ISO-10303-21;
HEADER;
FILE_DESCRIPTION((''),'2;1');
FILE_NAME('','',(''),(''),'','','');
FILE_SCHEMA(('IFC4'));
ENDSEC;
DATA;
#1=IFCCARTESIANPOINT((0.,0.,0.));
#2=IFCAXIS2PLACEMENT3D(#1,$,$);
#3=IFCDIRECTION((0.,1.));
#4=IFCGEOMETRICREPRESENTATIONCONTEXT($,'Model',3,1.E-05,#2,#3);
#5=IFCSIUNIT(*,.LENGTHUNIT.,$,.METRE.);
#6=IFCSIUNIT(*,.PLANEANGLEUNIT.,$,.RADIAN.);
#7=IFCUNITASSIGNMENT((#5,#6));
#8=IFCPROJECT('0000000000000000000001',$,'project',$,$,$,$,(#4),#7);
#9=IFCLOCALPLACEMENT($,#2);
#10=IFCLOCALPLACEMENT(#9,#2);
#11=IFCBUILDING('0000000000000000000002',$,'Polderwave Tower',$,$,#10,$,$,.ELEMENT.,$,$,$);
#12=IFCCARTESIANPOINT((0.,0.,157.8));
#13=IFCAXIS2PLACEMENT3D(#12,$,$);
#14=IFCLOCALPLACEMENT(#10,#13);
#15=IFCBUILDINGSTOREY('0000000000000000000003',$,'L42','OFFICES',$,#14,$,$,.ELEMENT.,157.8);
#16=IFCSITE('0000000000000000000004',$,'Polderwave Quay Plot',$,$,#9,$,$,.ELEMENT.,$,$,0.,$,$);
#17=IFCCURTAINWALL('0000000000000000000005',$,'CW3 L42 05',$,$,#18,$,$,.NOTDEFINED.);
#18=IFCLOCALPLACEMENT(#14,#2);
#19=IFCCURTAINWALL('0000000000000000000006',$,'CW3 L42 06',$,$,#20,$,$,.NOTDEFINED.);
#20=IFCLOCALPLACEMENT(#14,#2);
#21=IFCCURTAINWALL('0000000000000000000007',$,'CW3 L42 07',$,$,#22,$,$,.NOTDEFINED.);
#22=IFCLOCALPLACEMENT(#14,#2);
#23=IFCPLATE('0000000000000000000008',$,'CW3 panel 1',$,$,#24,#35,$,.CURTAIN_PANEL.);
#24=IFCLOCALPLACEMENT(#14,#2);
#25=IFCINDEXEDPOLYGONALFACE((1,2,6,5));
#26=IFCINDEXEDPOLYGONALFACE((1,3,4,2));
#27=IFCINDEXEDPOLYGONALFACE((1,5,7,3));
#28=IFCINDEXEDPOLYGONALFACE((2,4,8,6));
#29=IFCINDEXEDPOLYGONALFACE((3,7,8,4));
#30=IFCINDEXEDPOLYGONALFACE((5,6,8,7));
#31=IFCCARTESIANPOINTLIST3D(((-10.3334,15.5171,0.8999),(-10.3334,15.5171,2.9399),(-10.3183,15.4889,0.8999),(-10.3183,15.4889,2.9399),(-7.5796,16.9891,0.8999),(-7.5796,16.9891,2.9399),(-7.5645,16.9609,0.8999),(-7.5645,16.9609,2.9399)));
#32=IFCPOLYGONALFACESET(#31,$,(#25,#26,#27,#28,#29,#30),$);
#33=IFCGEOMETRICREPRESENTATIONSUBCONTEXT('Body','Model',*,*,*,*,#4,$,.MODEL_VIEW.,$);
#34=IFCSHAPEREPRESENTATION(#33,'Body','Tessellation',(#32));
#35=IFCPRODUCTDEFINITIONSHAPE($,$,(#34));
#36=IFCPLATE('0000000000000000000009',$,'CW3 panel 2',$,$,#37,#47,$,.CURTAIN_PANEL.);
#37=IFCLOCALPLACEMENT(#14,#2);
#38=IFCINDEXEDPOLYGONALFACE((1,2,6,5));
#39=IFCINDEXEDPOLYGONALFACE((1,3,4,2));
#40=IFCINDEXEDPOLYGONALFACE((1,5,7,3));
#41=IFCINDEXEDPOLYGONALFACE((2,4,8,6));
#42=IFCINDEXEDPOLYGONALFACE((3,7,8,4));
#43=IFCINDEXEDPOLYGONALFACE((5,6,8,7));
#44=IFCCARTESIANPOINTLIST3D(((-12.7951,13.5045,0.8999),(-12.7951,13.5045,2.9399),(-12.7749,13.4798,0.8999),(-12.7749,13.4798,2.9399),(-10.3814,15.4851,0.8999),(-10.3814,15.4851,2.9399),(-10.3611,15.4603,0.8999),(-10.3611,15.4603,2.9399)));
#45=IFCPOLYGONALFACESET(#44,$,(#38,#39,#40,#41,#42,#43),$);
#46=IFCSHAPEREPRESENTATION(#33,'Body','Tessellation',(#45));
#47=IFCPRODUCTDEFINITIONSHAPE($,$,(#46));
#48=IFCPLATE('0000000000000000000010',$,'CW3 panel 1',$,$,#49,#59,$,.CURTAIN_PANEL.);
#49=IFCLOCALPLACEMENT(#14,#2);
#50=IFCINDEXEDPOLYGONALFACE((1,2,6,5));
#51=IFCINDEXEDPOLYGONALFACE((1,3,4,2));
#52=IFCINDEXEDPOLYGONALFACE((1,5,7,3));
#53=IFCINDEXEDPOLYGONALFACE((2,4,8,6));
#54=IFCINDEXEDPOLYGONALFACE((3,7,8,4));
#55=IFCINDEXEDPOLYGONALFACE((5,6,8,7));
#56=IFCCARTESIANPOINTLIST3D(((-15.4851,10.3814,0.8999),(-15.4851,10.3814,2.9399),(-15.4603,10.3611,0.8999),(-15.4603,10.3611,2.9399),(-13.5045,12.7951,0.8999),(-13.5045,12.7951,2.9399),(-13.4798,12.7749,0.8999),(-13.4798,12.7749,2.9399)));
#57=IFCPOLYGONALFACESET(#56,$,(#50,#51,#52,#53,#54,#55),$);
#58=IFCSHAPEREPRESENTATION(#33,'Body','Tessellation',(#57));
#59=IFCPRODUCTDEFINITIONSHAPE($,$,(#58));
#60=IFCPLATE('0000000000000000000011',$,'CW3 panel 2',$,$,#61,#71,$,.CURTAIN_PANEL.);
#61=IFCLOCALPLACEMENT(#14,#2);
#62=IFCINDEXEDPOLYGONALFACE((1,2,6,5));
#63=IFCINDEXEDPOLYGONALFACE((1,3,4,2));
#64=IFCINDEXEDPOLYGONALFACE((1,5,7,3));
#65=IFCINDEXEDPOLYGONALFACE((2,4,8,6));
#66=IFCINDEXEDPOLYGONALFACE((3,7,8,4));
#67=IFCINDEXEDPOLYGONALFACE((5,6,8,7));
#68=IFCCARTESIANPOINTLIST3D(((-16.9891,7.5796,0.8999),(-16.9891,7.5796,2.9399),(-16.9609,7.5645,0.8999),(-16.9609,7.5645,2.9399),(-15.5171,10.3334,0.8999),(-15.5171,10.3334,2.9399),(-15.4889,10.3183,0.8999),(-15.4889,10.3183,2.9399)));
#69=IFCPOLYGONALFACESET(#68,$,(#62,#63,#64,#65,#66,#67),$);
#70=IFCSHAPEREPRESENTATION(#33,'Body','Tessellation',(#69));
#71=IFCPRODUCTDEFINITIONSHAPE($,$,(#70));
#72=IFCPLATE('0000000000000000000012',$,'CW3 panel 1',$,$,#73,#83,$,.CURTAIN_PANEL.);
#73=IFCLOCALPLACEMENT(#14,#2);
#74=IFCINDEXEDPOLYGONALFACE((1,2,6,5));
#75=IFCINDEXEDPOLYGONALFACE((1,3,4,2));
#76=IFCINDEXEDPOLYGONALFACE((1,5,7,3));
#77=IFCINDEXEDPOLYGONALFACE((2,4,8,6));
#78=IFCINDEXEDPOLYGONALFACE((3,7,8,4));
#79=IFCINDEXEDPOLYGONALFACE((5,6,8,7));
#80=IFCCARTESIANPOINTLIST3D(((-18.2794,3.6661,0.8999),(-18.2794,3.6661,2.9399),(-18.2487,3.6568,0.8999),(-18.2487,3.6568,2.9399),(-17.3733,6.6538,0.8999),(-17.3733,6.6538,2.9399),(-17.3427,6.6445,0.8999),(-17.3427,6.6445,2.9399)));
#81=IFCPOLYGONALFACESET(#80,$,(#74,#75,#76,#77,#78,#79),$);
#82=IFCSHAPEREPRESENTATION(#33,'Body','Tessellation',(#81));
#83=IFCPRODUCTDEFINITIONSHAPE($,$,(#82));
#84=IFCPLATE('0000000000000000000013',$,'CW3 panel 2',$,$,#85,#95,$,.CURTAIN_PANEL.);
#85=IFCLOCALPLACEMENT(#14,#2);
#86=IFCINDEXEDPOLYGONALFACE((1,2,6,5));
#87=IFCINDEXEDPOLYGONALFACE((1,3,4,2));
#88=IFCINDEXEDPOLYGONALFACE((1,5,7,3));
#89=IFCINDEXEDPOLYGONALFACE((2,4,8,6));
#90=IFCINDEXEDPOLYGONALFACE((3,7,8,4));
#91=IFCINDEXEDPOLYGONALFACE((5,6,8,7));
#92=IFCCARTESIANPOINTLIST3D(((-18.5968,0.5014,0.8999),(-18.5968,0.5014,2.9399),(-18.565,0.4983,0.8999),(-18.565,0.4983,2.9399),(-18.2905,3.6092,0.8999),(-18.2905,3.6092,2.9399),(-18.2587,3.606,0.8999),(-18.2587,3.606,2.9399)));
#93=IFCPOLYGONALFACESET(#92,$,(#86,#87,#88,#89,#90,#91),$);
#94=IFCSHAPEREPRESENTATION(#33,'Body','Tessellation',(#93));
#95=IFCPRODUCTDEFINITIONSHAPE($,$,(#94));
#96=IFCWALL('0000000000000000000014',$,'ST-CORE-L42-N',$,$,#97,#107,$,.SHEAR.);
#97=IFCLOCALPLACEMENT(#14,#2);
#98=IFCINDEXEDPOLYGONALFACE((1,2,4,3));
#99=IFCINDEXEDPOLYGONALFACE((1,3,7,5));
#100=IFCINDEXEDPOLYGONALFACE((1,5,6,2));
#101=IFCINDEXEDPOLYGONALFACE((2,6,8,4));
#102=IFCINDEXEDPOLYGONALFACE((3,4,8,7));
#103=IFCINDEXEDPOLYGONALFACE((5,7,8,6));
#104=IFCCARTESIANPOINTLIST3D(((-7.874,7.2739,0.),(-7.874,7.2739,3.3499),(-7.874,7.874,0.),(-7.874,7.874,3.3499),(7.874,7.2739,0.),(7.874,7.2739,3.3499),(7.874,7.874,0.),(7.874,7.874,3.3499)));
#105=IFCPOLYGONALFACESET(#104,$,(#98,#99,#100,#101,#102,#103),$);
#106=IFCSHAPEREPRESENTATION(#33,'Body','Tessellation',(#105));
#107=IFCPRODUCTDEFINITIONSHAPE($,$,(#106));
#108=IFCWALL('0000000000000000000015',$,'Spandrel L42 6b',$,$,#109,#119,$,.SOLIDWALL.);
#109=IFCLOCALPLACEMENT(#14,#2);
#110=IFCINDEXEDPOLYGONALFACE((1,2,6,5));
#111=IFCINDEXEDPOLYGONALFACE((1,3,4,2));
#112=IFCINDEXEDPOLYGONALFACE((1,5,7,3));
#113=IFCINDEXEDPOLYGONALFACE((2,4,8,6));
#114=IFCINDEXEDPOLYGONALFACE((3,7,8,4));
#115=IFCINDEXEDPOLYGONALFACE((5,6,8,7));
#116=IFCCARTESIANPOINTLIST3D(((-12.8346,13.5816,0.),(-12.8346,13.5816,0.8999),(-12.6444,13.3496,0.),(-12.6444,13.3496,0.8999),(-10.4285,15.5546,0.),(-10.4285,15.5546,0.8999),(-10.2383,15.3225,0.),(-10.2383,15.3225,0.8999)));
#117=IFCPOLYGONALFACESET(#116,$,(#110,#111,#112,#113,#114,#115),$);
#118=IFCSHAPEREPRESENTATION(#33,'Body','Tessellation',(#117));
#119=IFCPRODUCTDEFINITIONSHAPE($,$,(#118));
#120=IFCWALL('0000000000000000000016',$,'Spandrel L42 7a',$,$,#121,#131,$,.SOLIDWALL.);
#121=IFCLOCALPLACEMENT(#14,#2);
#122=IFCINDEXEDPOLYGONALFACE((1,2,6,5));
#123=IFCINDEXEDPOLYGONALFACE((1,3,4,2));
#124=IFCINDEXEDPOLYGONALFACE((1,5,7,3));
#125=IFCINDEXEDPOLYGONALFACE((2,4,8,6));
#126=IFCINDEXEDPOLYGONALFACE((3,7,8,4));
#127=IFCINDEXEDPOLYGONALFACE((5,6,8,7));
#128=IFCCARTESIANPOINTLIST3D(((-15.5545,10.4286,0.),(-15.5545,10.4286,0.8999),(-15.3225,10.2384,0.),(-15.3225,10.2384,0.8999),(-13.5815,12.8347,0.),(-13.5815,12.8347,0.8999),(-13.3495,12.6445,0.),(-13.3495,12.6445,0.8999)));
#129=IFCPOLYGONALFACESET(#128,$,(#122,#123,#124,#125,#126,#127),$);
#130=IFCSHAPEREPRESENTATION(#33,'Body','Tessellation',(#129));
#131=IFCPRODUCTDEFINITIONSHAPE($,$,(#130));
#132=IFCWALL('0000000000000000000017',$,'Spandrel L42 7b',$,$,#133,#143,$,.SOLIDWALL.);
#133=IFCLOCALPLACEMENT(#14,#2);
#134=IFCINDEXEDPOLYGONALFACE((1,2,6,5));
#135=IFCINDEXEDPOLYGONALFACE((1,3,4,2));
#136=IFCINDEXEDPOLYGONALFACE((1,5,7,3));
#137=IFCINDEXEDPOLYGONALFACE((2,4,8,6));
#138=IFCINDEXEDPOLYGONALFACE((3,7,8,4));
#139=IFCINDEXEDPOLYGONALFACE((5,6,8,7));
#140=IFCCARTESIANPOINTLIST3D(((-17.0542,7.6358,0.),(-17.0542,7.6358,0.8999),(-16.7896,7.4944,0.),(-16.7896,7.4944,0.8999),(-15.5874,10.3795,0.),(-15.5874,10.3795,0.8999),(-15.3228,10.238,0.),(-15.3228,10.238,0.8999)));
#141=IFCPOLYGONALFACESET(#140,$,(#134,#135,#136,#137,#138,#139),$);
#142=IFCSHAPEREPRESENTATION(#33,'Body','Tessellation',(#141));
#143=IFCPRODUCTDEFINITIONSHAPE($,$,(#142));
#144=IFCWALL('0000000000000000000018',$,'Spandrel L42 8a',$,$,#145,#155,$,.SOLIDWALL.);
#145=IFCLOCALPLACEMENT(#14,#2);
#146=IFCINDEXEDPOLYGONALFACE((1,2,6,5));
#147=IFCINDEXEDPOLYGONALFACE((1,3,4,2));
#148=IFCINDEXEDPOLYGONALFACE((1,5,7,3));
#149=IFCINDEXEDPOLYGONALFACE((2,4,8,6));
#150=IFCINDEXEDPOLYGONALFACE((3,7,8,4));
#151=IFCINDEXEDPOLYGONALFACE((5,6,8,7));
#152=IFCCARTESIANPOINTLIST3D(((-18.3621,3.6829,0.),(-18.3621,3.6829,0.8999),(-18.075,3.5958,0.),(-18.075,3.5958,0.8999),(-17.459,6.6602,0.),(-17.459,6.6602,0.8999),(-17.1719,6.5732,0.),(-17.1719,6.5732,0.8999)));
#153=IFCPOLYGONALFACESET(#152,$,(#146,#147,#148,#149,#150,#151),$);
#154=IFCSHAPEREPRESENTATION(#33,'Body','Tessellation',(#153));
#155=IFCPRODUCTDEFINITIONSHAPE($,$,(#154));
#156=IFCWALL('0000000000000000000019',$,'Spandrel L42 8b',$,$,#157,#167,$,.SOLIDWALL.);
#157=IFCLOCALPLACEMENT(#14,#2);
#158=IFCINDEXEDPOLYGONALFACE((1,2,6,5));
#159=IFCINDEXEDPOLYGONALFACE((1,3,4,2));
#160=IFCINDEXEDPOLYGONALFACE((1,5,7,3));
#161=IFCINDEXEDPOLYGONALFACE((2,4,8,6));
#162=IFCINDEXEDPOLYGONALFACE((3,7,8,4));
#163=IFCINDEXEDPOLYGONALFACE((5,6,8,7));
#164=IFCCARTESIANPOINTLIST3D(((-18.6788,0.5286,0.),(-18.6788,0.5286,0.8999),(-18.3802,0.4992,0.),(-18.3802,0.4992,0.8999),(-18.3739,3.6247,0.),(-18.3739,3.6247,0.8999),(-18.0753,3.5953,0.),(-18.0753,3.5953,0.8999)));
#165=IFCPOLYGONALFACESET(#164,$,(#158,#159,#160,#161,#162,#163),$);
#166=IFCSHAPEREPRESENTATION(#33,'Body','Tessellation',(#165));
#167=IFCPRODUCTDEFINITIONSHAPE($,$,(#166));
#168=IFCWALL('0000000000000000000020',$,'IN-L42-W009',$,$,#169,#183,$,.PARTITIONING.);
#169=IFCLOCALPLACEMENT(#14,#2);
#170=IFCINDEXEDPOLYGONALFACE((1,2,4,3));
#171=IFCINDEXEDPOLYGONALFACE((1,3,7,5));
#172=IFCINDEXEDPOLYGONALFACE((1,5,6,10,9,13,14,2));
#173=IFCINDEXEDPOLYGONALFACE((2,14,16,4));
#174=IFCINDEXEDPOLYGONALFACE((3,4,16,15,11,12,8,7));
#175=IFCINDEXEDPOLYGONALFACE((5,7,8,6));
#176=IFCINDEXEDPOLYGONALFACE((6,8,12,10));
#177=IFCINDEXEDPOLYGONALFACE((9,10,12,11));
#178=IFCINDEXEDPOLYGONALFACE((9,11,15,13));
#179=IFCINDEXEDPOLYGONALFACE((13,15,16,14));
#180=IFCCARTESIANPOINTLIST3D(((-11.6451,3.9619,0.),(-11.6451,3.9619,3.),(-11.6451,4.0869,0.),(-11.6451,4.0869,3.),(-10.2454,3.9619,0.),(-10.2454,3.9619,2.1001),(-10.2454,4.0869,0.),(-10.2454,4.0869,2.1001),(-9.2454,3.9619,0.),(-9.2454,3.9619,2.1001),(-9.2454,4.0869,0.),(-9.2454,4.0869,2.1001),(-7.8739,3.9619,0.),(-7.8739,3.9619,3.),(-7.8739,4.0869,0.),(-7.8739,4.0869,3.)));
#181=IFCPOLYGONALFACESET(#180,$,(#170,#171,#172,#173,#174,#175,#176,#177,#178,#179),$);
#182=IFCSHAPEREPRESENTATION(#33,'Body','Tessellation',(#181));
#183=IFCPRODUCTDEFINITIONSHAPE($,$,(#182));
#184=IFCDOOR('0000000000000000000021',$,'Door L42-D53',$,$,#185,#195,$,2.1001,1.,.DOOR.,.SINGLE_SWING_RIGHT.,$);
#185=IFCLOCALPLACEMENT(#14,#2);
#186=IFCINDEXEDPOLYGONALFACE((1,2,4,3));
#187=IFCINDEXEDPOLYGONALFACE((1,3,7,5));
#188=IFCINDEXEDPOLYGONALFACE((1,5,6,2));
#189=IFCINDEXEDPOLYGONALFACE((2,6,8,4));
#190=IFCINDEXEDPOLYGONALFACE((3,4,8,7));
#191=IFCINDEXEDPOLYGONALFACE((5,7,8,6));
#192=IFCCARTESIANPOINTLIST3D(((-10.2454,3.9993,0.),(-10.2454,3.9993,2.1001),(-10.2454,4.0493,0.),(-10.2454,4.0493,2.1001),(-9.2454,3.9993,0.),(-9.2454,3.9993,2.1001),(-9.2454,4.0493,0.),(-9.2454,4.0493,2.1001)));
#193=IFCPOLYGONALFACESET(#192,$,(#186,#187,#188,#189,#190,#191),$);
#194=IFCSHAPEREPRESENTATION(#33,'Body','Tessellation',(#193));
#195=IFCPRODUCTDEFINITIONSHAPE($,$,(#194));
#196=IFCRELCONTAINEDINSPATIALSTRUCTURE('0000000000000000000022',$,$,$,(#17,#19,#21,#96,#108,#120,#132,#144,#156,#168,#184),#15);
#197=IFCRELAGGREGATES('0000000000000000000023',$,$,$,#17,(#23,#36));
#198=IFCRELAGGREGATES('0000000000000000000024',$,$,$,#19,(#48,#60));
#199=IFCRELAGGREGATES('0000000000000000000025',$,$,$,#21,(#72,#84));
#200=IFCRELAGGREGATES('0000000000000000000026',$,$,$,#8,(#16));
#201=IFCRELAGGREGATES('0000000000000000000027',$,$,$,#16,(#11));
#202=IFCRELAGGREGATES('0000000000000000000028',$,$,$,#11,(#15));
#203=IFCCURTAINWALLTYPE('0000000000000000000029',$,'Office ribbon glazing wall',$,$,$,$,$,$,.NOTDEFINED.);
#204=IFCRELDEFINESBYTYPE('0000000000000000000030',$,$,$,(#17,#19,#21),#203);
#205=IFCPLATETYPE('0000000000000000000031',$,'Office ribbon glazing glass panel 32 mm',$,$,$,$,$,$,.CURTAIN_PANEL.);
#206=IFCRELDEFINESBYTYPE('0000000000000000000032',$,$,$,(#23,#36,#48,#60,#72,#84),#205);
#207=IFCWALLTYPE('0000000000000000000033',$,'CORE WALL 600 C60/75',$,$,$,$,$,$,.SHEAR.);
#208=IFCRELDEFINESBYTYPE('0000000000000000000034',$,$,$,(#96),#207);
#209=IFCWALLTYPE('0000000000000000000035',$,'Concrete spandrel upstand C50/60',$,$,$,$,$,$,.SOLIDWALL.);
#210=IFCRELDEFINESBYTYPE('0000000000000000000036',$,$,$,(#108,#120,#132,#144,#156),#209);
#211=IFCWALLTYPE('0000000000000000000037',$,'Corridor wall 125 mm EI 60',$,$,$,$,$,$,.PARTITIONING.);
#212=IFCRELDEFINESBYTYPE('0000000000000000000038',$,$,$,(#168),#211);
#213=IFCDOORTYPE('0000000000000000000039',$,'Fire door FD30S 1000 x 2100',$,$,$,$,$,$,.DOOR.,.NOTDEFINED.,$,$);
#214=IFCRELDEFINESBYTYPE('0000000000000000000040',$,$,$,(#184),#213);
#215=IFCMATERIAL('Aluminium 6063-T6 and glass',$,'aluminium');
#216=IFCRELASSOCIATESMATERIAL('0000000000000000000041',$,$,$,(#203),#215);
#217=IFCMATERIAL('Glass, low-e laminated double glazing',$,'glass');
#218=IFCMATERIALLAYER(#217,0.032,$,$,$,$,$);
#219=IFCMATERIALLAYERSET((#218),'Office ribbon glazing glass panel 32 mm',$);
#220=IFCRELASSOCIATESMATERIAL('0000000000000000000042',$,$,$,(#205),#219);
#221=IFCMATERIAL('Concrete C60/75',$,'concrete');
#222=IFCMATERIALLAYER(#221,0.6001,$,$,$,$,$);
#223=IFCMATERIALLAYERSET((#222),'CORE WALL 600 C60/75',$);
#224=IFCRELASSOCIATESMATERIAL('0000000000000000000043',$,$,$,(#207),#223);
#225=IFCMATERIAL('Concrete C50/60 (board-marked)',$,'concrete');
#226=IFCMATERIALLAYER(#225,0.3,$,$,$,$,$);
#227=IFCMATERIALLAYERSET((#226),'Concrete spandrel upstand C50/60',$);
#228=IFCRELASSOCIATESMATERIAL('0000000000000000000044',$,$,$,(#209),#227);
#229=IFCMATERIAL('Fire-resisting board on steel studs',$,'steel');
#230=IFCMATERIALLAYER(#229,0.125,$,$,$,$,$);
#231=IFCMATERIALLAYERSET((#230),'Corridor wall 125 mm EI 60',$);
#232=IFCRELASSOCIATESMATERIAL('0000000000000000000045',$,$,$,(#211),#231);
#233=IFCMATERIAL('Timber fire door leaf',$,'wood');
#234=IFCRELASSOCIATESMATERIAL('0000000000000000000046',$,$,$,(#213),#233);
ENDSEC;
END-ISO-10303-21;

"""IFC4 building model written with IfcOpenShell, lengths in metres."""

from ifc_helpers import new_model, si_unit, direction, frame, frame_2d, origin, origin_2d, place, context, subcontext, project, spatial, rectangle, extrude, material, layer, layer_set, type_object, element, fill, aggregate, save


model = new_model("IFC4")

# Units and contexts
model_context = context("Model", 3, precision=1e-05, world=origin(), true_north=direction((0.0, 1.0)))
body_context = subcontext(model_context, "Body", "Model", "MODEL_VIEW")
ifc_project = project(units=[si_unit("LENGTHUNIT", "METRE"), si_unit("PLANEANGLEUNIT", "RADIAN")], contexts=[model_context])

# Site, building, storey
site_placement = place(None, origin())
site = spatial("IfcSite", under=ifc_project, at=site_placement, Name="Polderwave Quay Plot", CompositionType="ELEMENT", RefElevation=0.0)
building_placement = place(site_placement, origin())
building = spatial("IfcBuilding", under=site, at=building_placement, Name="Polderwave Tower", CompositionType="ELEMENT")
storey_placement = place(building_placement, frame((0.0, 0.0, 157.8)))
storey = spatial("IfcBuildingStorey", under=building, at=storey_placement, Name="L42", Description="OFFICES", CompositionType="ELEMENT", Elevation=157.8)

# Shared definitions
ifc_material_1 = material(Name="Concrete C60/75", Category="concrete")

# Curtain walls
ifc_material_2 = material(Name="Aluminium 6063-T6 and glass", Category="aluminium")
curtain_wall_type = type_object("IfcCurtainWallType", Name="Office ribbon glazing wall", PredefinedType="NOTDEFINED", material=ifc_material_2)
curtain_wall_1_placement = place(storey_placement, origin())
curtain_wall_1 = element("IfcCurtainWall", 1, at=curtain_wall_1_placement, inside=storey, type_object=curtain_wall_type, Name="CW3 L42 05", PredefinedType="NOTDEFINED")
curtain_wall_2_placement = place(storey_placement, origin())
curtain_wall_2 = element("IfcCurtainWall", 2, at=curtain_wall_2_placement, inside=storey, type_object=curtain_wall_type, Name="CW3 L42 06", PredefinedType="NOTDEFINED")
curtain_wall_3_placement = place(storey_placement, origin())
curtain_wall_3 = element("IfcCurtainWall", 3, at=curtain_wall_3_placement, inside=storey, type_object=curtain_wall_type, Name="CW3 L42 07", PredefinedType="NOTDEFINED")

# Plates
ifc_material_3 = material(Name="Glass, low-e laminated double glazing", Category="glass")
ifc_layer_1 = layer(ifc_material_3, 0.032)
ifc_layer_set_1 = layer_set([ifc_layer_1], Name="Office ribbon glazing glass panel 32 mm")
plate_type = type_object("IfcPlateType", Name="Office ribbon glazing glass panel 32 mm", PredefinedType="CURTAIN_PANEL", material=ifc_layer_set_1)
plate_1_placement = place(storey_placement, frame((-8.949, 16.239, 0.8999), z_axis=(0.0, 0.0, 1.0), x_axis=(-0.881904, -0.471429, 0.0)))
plate_1 = element("IfcPlate", 4, at=plate_1_placement, type_object=plate_type, Name="CW3 panel 1", PredefinedType="CURTAIN_PANEL", context=body_context, shape_type="SweptSolid", body=[
    extrude(rectangle(XDim=3.1226, YDim=0.032, at=origin_2d()), origin(), (0.0, 0.0, 1.0), 2.04),
])
plate_2_placement = place(storey_placement, frame((-11.5781, 14.4824, 0.8999), z_axis=(0.0, 0.0, 1.0), x_axis=(-0.773066, -0.634326, 0.0)))
plate_2 = element("IfcPlate", 5, at=plate_2_placement, type_object=plate_type, Name="CW3 panel 2", PredefinedType="CURTAIN_PANEL", context=body_context, shape_type="SweptSolid", body=[
    extrude(rectangle(XDim=3.1223, YDim=0.032, at=origin_2d()), origin(), (0.0, 0.0, 1.0), 2.04),
])
aggregate(curtain_wall_1, [plate_1, plate_2])
plate_3_placement = place(storey_placement, frame((-14.4824, 11.5781, 0.8999), z_axis=(0.0, 0.0, 1.0), x_axis=(-0.634326, -0.773066, 0.0)))
plate_3 = element("IfcPlate", 6, at=plate_3_placement, type_object=plate_type, Name="CW3 panel 1", PredefinedType="CURTAIN_PANEL", context=body_context, shape_type="SweptSolid", body=[
    extrude(rectangle(XDim=3.1223, YDim=0.032, at=origin_2d()), origin(), (0.0, 0.0, 1.0), 2.04),
])
plate_4_placement = place(storey_placement, frame((-16.239, 8.949, 0.8999), z_axis=(0.0, 0.0, 1.0), x_axis=(-0.471429, -0.881904, 0.0)))
plate_4 = element("IfcPlate", 7, at=plate_4_placement, type_object=plate_type, Name="CW3 panel 2", PredefinedType="CURTAIN_PANEL", context=body_context, shape_type="SweptSolid", body=[
    extrude(rectangle(XDim=3.1226, YDim=0.032, at=origin_2d()), origin(), (0.0, 0.0, 1.0), 2.04),
])
aggregate(curtain_wall_2, [plate_3, plate_4])
plate_5_placement = place(storey_placement, frame((-17.811, 5.1553, 0.8999), z_axis=(0.0, 0.0, 1.0), x_axis=(-0.290201, -0.956966, 0.0)))
plate_5 = element("IfcPlate", 8, at=plate_5_placement, type_object=plate_type, Name="CW3 panel 1", PredefinedType="CURTAIN_PANEL", context=body_context, shape_type="SweptSolid", body=[
    extrude(rectangle(XDim=3.1221, YDim=0.032, at=origin_2d()), origin(), (0.0, 0.0, 1.0), 2.04),
])
plate_6_placement = place(storey_placement, frame((-18.4277, 2.0537, 0.8999), z_axis=(0.0, 0.0, 1.0), x_axis=(-0.09809, -0.995178, 0.0)))
plate_6 = element("IfcPlate", 9, at=plate_6_placement, type_object=plate_type, Name="CW3 panel 2", PredefinedType="CURTAIN_PANEL", context=body_context, shape_type="SweptSolid", body=[
    extrude(rectangle(XDim=3.1228, YDim=0.032, at=origin_2d()), origin(), (0.0, 0.0, 1.0), 2.04),
])
aggregate(curtain_wall_3, [plate_5, plate_6])

# Walls
ifc_layer_2 = layer(ifc_material_1, 0.6001)
ifc_layer_set_2 = layer_set([ifc_layer_2], Name="CORE WALL 600 C60/75")
wall_type_1 = type_object("IfcWallType", Name="CORE WALL 600 C60/75", PredefinedType="SHEAR", material=ifc_layer_set_2)
wall_1_placement = place(storey_placement, frame((-7.874, 7.574, 0.0), z_axis=(0.0, 0.0, 1.0), x_axis=(1.0, 0.0, 0.0)))
element("IfcWall", 10, at=wall_1_placement, inside=storey, type_object=wall_type_1, Name="ST-CORE-L42-N", PredefinedType="SHEAR", context=body_context, shape_type="SweptSolid", body=[
    extrude(rectangle(XDim=15.748, YDim=0.6001, at=frame_2d((7.874, 0.0))), origin(), (0.0, 0.0, 1.0), 3.3499),
])
ifc_material_4 = material(Name="Concrete C50/60 (board-marked)", Category="concrete")
ifc_layer_3 = layer(ifc_material_4, 0.3)
ifc_layer_set_3 = layer_set([ifc_layer_3], Name="Concrete spandrel upstand C50/60")
wall_type_2 = type_object("IfcWallType", Name="Concrete spandrel upstand C50/60", PredefinedType="SOLIDWALL", material=ifc_layer_set_3)
for number, where, z_axis, x_axis, name in (
    (11, (-10.3335, 15.4385, 0.0), (0.0, 0.0, 1.0), (-0.773272, -0.634075, 0.0), "Spandrel L42 6b"),
    (12, (-13.4656, 12.7395, 0.0), (0.0, 0.0, 1.0), (-0.634075, -0.773272, 0.0), "Spandrel L42 7a"),
):
    element("IfcWall", number, at=place(storey_placement, frame(where, z_axis=z_axis, x_axis=x_axis)), inside=storey, type_object=wall_type_2, Name=name, PredefinedType="SOLIDWALL", context=body_context, shape_type="SweptSolid", body=[
        extrude(rectangle(XDim=3.1116, YDim=0.3, at=frame_2d((1.5557, 0.0))), origin(), (0.0, 0.0, 1.0), 0.8999),
    ])
wall_2_placement = place(storey_placement, frame((-15.4551, 10.3088, 0.0), z_axis=(0.0, 0.0, 1.0), x_axis=(-0.471468, -0.881883, 0.0)))
element("IfcWall", 13, at=wall_2_placement, inside=storey, type_object=wall_type_2, Name="Spandrel L42 7b", PredefinedType="SOLIDWALL", context=body_context, shape_type="SweptSolid", body=[
    extrude(rectangle(XDim=3.1111, YDim=0.3, at=frame_2d((1.5557, 0.0))), origin(), (0.0, 0.0, 1.0), 0.8999),
])
wall_3_placement = place(storey_placement, frame((-17.3154, 6.6167, 0.0), z_axis=(0.0, 0.0, 1.0), x_axis=(-0.290262, -0.956947, 0.0)))
element("IfcWall", 14, at=wall_3_placement, inside=storey, type_object=wall_type_2, Name="Spandrel L42 8a", PredefinedType="SOLIDWALL", context=body_context, shape_type="SweptSolid", body=[
    extrude(rectangle(XDim=3.1113, YDim=0.3, at=frame_2d((1.5557, 0.0))), origin(), (0.0, 0.0, 1.0), 0.8999),
])
wall_4_placement = place(storey_placement, frame((-18.2246, 3.6101, 0.0), z_axis=(0.0, 0.0, 1.0), x_axis=(-0.098012, -0.995185, 0.0)))
element("IfcWall", 15, at=wall_4_placement, inside=storey, type_object=wall_type_2, Name="Spandrel L42 8b", PredefinedType="SOLIDWALL", context=body_context, shape_type="SweptSolid", body=[
    extrude(rectangle(XDim=3.1111, YDim=0.3, at=frame_2d((1.5557, 0.0))), origin(), (0.0, 0.0, 1.0), 0.8999),
])

# Wall, opening, door
ifc_material_5 = material(Name="Fire-resisting board on steel studs", Category="steel")
ifc_layer_4 = layer(ifc_material_5, 0.125)
ifc_layer_set_4 = layer_set([ifc_layer_4], Name="Corridor wall 125 mm EI 60")
wall_type_3 = type_object("IfcWallType", Name="Corridor wall 125 mm EI 60", PredefinedType="PARTITIONING", material=ifc_layer_set_4)
wall_5_placement = place(storey_placement, frame((-11.6453, 4.0244, 0.0), z_axis=(0.0, 0.0, 1.0), x_axis=(1.0, 0.0, 0.0)))
wall_5 = element("IfcWall", 16, at=wall_5_placement, inside=storey, type_object=wall_type_3, Name="IN-L42-W009", PredefinedType="PARTITIONING", context=body_context, shape_type="SweptSolid", body=[
    extrude(rectangle(XDim=3.7712, YDim=0.125, at=frame_2d((1.8857, 0.0))), origin(), (0.0, 0.0, 1.0), 3.0),
])
opening_1_placement = place(wall_5_placement, frame((1.3999, 0.0, 0.0)))
opening_1 = element("IfcOpeningElement", 17, at=opening_1_placement, cuts=wall_5, PredefinedType="OPENING", context=body_context, shape_type="SweptSolid", body=[
    extrude(rectangle(XDim=1.0, YDim=2.1001, at=frame_2d((0.5, 1.05))), frame((0.0, 0.0725, 0.0), z_axis=(0.0, -1.0, 0.0), x_axis=(1.0, 0.0, 0.0)), (0.0, 0.0, 1.0), 0.145),
])
ifc_material_6 = material(Name="Timber fire door leaf", Category="wood")
door_type_1 = type_object("IfcDoorType", Name="Fire door FD30S 1000 x 2100", OperationType="NOTDEFINED", PredefinedType="DOOR", material=ifc_material_6)
door_1_placement = place(opening_1_placement, origin())
door_1 = element("IfcDoor", 18, at=door_1_placement, inside=storey, type_object=door_type_1, Name="Door L42-D53", OperationType="SINGLE_SWING_RIGHT", OverallHeight=2.1001, OverallWidth=1.0, PredefinedType="DOOR", context=body_context, shape_type="SweptSolid", body=[
    extrude(rectangle(XDim=1.0, YDim=2.1001, at=frame_2d((0.5, 1.05))), frame((0.0, 0.0249, 0.0), z_axis=(0.0, -1.0, 0.0), x_axis=(1.0, 0.0, 0.0)), (0.0, 0.0, 1.0), 0.05),
])
fill(opening_1, door_1)

save(model, "model.ifc")
